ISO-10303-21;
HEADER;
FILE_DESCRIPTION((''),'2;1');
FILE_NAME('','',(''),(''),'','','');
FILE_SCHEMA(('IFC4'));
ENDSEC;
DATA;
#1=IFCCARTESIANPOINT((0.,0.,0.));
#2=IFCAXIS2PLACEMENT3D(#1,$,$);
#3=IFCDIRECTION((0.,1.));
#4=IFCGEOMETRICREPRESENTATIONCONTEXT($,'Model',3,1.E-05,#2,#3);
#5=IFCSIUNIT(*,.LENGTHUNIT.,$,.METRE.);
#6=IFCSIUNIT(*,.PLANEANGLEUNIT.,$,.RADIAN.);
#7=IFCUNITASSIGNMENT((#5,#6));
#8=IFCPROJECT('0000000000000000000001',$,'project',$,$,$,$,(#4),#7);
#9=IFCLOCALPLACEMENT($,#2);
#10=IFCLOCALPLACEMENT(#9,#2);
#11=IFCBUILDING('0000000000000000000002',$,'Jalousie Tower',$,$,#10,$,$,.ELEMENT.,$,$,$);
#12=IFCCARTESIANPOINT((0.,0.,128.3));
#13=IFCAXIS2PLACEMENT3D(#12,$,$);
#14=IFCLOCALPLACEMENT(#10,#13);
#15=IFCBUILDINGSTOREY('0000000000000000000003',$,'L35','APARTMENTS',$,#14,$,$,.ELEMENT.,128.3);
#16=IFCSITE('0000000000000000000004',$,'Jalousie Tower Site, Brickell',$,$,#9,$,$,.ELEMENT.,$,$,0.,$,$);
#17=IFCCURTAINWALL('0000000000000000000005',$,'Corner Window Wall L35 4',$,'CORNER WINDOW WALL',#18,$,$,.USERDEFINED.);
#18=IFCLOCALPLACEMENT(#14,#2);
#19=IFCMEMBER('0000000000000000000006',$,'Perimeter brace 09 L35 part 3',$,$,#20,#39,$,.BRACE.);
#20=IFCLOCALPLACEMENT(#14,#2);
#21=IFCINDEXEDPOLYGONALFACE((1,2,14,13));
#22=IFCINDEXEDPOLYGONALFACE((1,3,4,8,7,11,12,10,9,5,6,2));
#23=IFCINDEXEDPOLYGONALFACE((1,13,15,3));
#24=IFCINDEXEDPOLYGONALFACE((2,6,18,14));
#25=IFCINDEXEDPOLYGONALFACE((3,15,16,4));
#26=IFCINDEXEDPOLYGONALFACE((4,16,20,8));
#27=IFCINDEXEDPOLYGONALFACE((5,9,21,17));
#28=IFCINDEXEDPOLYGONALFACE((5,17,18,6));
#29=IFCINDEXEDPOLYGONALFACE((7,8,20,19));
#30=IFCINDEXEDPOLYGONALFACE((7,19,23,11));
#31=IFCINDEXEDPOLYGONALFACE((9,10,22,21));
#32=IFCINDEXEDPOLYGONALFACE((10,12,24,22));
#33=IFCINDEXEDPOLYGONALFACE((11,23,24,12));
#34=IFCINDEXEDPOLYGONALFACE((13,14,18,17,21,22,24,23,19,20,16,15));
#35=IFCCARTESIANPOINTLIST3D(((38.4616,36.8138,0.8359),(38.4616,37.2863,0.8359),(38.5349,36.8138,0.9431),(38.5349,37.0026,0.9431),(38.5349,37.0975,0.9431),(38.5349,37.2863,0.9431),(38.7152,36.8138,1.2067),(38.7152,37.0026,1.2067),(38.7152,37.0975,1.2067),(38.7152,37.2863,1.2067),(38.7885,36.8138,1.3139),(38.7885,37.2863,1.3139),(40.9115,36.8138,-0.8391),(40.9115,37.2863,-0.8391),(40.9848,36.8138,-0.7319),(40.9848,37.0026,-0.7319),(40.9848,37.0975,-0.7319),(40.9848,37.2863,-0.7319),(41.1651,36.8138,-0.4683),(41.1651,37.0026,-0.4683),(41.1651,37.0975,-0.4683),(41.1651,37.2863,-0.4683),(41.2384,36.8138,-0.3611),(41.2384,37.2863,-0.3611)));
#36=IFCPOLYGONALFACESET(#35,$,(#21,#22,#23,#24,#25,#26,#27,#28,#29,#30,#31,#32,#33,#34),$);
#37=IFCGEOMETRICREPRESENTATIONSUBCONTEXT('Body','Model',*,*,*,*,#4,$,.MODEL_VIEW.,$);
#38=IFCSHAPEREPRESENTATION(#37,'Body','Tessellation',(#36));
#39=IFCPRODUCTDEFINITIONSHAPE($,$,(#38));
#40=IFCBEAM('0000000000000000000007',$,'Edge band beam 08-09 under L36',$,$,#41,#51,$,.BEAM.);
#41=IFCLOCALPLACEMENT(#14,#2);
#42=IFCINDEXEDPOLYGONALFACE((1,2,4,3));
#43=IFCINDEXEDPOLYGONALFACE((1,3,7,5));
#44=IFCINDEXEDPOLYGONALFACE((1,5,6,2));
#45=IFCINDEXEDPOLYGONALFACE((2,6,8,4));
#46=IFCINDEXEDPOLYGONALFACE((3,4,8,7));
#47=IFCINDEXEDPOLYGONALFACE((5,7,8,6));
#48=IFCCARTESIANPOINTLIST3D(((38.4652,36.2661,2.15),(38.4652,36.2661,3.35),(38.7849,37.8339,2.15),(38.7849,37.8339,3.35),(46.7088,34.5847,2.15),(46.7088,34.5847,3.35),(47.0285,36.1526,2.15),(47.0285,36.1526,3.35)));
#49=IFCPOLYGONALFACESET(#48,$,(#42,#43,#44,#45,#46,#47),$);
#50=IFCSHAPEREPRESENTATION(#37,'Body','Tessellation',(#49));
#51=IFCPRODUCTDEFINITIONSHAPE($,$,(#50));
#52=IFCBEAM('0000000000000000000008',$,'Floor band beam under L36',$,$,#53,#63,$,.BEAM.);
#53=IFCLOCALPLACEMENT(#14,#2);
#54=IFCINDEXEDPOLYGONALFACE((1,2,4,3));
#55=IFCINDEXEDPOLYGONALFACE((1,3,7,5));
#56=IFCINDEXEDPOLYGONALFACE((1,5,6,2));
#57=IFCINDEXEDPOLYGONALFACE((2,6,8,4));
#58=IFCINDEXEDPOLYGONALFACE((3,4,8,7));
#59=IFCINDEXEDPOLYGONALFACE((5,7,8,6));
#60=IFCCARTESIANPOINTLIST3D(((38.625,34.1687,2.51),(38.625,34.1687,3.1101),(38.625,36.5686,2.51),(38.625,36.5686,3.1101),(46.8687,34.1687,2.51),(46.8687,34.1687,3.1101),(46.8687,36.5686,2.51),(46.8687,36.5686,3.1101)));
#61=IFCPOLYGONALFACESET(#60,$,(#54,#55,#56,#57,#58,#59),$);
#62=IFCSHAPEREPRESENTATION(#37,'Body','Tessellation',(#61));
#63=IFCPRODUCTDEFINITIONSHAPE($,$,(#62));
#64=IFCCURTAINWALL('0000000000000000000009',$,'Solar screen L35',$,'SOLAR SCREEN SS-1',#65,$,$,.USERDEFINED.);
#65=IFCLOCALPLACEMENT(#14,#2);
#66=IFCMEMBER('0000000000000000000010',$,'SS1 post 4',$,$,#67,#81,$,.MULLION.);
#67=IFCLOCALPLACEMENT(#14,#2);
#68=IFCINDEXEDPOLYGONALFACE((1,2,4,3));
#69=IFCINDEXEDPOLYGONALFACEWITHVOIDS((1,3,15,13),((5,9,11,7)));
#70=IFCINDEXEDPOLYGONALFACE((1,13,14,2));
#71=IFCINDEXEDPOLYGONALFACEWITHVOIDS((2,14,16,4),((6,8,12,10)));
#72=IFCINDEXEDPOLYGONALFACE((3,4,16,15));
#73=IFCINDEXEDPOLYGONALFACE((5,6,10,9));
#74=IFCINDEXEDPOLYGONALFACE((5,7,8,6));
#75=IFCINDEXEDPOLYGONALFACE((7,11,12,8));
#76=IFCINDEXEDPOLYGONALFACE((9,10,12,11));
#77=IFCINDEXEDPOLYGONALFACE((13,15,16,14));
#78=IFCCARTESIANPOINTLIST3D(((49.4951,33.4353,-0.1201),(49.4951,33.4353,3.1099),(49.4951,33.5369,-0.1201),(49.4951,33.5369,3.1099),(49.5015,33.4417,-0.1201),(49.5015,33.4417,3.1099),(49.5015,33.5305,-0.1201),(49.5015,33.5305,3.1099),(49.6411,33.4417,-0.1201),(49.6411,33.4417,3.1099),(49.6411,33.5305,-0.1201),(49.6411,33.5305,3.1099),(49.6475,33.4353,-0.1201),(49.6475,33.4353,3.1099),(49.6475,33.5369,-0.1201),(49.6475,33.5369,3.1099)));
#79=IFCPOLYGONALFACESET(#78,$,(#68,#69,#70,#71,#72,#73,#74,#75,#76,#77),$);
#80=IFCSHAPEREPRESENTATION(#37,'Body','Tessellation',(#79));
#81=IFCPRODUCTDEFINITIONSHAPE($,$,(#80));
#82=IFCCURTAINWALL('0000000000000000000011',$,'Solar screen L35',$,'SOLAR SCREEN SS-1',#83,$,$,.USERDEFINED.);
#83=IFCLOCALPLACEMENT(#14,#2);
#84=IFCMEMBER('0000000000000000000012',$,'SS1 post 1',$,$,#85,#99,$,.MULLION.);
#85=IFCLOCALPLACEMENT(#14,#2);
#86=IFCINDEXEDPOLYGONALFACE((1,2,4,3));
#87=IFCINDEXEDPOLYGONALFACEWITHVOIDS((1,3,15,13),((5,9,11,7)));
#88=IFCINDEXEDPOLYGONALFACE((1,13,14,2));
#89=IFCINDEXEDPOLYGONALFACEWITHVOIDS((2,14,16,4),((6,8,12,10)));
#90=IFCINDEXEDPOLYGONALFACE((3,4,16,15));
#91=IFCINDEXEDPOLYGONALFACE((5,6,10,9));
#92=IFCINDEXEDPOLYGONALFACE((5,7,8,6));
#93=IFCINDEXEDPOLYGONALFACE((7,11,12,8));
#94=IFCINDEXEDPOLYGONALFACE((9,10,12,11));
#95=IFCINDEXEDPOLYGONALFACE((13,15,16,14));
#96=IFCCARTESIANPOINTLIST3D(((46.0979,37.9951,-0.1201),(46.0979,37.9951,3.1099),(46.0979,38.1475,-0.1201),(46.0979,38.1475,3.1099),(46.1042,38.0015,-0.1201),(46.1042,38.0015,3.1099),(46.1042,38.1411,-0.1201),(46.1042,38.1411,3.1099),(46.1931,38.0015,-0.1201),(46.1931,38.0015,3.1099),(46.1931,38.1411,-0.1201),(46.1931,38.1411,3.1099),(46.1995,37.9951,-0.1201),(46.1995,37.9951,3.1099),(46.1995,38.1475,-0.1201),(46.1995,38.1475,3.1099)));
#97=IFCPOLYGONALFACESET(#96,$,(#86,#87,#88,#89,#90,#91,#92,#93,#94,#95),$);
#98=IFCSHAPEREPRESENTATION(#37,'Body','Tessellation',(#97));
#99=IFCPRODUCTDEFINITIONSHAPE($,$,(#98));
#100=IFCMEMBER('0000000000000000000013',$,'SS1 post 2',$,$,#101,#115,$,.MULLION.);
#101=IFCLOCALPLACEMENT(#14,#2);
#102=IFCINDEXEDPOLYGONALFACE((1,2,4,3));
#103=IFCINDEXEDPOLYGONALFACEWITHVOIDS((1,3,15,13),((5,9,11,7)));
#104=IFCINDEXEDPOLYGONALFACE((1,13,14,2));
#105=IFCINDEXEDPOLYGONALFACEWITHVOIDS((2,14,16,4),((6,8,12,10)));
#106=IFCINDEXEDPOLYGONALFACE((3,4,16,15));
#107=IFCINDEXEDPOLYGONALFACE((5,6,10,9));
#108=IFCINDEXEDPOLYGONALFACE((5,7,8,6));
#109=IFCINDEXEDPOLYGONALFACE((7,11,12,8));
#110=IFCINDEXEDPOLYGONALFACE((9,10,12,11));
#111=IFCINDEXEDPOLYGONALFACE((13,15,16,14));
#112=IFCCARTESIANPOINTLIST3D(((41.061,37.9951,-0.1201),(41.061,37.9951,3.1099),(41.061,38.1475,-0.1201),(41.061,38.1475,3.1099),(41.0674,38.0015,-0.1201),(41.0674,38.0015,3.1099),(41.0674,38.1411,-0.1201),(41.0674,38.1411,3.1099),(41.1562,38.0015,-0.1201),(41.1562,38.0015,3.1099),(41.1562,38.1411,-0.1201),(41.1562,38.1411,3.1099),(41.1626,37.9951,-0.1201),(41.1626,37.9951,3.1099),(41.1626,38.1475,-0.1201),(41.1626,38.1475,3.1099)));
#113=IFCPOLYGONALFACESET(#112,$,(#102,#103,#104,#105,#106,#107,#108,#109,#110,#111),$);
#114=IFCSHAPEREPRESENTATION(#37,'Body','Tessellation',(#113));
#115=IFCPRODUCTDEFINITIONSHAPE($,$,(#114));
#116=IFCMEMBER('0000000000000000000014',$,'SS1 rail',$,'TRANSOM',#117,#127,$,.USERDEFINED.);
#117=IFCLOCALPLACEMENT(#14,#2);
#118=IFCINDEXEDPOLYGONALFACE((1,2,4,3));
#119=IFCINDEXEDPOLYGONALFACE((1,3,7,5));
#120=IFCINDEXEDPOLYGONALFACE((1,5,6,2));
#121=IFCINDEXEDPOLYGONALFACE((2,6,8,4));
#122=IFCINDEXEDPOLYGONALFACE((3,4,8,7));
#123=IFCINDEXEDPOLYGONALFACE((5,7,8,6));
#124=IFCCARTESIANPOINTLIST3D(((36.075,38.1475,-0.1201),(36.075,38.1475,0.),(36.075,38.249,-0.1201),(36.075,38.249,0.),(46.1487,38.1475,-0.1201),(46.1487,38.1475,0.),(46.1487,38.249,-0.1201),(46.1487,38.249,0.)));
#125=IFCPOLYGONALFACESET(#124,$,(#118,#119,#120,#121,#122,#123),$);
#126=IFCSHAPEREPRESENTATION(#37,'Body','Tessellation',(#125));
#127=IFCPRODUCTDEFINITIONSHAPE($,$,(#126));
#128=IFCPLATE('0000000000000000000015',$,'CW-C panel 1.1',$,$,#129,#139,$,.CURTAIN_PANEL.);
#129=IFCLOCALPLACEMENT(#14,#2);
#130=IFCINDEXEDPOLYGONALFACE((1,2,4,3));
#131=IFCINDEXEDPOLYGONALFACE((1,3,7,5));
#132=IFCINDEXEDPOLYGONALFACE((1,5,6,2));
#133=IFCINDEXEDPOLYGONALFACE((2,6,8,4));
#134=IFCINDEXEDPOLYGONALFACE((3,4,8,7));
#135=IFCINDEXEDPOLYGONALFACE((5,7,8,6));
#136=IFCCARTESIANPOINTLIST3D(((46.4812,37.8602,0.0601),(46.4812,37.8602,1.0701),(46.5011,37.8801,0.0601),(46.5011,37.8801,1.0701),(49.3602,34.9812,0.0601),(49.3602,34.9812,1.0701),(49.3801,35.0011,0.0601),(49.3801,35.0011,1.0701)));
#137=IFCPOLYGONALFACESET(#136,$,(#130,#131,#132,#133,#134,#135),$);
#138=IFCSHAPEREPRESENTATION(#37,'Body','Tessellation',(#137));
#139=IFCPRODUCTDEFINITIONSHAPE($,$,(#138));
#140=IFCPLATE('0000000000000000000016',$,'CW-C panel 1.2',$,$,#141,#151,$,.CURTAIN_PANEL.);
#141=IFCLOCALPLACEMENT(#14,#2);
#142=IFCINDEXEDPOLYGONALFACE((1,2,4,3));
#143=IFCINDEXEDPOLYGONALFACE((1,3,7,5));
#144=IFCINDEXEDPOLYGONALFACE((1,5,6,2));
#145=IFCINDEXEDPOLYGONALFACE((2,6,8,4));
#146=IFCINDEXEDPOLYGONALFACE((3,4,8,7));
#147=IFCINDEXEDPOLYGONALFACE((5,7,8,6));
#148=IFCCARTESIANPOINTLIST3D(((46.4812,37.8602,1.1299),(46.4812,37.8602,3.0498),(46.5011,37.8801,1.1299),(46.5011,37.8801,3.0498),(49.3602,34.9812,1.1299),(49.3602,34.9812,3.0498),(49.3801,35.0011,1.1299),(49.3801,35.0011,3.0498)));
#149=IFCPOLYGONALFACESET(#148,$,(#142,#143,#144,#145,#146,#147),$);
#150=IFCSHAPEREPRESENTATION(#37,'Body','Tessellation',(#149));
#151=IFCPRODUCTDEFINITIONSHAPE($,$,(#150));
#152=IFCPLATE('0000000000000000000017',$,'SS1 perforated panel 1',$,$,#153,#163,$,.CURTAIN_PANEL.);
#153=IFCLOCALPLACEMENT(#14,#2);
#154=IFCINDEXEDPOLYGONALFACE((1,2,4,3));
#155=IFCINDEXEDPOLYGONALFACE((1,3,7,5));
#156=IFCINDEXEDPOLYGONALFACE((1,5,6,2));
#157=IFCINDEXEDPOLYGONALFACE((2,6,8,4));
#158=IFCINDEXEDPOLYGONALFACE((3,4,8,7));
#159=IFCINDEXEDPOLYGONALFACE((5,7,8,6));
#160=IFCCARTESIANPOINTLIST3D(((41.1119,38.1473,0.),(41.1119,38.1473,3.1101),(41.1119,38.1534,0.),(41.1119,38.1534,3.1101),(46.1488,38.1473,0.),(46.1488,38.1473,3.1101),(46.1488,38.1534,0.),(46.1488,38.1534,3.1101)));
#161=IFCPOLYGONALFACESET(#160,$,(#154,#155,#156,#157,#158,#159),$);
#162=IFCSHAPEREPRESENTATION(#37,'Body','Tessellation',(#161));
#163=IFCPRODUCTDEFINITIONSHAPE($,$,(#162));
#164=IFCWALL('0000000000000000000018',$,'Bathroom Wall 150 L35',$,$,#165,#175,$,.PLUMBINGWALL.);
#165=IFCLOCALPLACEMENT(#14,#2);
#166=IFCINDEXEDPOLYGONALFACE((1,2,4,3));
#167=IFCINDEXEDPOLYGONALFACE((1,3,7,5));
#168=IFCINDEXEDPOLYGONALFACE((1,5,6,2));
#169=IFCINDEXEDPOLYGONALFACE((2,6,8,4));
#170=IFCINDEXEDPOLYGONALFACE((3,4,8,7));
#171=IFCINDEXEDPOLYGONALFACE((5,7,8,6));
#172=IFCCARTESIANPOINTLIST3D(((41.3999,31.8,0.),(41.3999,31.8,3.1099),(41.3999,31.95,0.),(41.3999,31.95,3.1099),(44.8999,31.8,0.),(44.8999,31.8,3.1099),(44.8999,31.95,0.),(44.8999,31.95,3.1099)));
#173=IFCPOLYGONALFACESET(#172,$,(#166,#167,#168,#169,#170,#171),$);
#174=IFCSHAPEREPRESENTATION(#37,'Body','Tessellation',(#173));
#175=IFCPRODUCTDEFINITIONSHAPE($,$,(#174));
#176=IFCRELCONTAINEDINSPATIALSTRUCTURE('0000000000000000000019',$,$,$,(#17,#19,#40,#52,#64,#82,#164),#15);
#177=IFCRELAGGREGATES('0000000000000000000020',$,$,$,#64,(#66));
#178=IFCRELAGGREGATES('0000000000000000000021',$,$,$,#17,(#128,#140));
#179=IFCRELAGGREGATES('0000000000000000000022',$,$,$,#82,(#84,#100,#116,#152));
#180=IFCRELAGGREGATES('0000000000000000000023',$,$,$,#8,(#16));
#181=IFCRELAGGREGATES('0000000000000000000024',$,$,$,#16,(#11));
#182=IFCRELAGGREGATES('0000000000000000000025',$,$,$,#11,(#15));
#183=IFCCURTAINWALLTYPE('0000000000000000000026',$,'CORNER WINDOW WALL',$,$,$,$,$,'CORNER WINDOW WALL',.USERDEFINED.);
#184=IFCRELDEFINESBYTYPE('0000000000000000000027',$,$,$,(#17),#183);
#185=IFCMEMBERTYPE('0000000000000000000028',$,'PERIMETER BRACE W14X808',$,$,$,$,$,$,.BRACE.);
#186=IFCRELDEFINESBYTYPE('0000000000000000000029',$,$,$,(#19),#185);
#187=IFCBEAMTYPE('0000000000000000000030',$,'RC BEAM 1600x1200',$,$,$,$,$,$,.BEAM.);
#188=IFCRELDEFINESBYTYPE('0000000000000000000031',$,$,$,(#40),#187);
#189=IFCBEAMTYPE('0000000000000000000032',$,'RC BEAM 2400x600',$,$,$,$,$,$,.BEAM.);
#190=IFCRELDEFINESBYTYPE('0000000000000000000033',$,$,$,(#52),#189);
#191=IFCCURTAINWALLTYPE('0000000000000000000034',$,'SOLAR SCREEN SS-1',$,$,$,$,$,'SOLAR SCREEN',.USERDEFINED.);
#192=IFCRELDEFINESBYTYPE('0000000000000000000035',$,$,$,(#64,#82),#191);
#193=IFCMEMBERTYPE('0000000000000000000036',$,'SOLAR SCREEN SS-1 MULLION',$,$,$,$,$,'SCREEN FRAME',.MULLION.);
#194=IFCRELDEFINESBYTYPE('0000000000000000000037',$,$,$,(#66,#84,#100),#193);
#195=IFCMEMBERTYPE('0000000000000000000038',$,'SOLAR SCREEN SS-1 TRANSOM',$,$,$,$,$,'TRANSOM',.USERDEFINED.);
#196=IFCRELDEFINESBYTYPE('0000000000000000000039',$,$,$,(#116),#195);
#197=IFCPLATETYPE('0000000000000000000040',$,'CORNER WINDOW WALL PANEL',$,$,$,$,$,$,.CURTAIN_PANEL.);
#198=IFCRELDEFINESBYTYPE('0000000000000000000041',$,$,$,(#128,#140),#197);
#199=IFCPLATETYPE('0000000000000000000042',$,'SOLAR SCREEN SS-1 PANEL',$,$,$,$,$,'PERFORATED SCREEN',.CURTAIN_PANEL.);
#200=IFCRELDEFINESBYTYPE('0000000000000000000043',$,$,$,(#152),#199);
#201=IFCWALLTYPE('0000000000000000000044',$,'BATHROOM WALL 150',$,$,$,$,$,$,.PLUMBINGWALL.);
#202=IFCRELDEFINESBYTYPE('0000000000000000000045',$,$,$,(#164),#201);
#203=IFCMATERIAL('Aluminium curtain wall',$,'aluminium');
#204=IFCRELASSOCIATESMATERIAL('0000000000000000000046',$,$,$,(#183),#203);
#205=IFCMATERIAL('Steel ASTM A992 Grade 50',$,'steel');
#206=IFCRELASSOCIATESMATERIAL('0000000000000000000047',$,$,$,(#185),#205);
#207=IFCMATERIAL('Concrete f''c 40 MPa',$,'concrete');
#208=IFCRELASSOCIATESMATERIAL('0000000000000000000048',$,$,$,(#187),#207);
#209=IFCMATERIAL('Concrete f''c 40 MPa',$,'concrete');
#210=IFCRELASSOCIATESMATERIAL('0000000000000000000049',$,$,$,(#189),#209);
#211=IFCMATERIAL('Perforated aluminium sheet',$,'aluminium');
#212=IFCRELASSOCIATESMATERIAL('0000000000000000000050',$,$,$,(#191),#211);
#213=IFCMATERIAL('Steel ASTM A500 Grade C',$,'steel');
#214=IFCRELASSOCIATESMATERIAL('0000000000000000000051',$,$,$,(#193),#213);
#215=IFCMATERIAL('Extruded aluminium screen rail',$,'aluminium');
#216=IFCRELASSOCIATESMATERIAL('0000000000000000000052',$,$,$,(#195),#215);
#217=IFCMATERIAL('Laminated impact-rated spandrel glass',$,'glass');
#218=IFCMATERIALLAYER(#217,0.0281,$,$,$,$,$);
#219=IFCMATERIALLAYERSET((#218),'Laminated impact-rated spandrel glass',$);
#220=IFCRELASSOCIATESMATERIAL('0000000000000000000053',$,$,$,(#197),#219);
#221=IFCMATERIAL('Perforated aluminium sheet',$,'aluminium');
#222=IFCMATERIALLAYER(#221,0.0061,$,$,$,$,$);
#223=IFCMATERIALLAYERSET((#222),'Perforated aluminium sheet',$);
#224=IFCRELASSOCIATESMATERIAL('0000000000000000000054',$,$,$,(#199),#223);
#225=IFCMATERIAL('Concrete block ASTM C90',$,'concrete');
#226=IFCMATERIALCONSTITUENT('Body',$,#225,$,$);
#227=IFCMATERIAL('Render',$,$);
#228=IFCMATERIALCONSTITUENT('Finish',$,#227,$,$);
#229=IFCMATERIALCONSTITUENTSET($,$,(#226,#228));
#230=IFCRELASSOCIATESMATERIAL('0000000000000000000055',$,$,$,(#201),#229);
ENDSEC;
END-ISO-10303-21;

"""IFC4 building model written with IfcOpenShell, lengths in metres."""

from ifc_helpers import new_model, si_unit, direction, frame, frame_2d, origin, origin_2d, place, context, subcontext, project, spatial, rectangle, hollow_rectangle, i_section, extrude, material, layer, layer_set, constituent, constituent_set, material_profile, profile_set, type_object, element, aggregate, save


model = new_model("IFC4")

# Units and contexts
model_context = context("Model", 3, precision=1e-05, world=origin(), true_north=direction((0.0, 1.0)))
body_context = subcontext(model_context, "Body", "Model", "MODEL_VIEW")
ifc_project = project(units=[si_unit("LENGTHUNIT", "METRE"), si_unit("PLANEANGLEUNIT", "RADIAN")], contexts=[model_context])

# Site, building, storey
site_placement = place(None, origin())
site = spatial("IfcSite", under=ifc_project, at=site_placement, Name="Jalousie Tower Site, Brickell", CompositionType="ELEMENT", RefElevation=0.0)
building_placement = place(site_placement, origin())
building = spatial("IfcBuilding", under=site, at=building_placement, Name="Jalousie Tower", CompositionType="ELEMENT")
storey_placement = place(building_placement, frame((0.0, 0.0, 128.3)))
storey = spatial("IfcBuildingStorey", under=building, at=storey_placement, Name="L35", Description="APARTMENTS", CompositionType="ELEMENT", Elevation=128.3)

# Curtain wall
ifc_material_1 = material(Name="Aluminium curtain wall", Category="aluminium")
curtain_wall_type_1 = type_object("IfcCurtainWallType", Name="CORNER WINDOW WALL", ElementType="CORNER WINDOW WALL", PredefinedType="USERDEFINED", material=ifc_material_1)
curtain_wall_1_placement = place(storey_placement, origin())
curtain_wall_1 = element("IfcCurtainWall", 1, at=curtain_wall_1_placement, inside=storey, type_object=curtain_wall_type_1, Name="Corner Window Wall L35 4", ObjectType="CORNER WINDOW WALL", PredefinedType="USERDEFINED")

# Member
ifc_material_2 = material(Name="Steel ASTM A992 Grade 50", Category="steel")
ifc_material_profile_1 = material_profile(ifc_material_2, i_section(OverallWidth=0.4724, OverallDepth=0.5791, WebThickness=0.095, FlangeThickness=0.1299, at=origin_2d()), Name="W14X808")
ifc_profile_set_1 = profile_set([ifc_material_profile_1], Name="Steel ASTM A992 Grade 50")
member_type_1 = type_object("IfcMemberType", Name="PERIMETER BRACE W14X808", PredefinedType="BRACE", material=ifc_profile_set_1)
member_1_placement = place(storey_placement, frame((41.075, 37.05, -0.6001), z_axis=(-0.825501, 0.0, 0.564401), x_axis=(0.0, -1.0, 0.0)))
element("IfcMember", 2, at=member_1_placement, inside=storey, type_object=member_type_1, Name="Perimeter brace 09 L35 part 3", PredefinedType="BRACE", context=body_context, shape_type="SweptSolid", body=[
    extrude(i_section(OverallWidth=0.4724, OverallDepth=0.5791, WebThickness=0.095, FlangeThickness=0.1299, at=origin_2d()), origin(), (0.0, 0.0, 1.0), 2.9678),
])

# Beams
ifc_material_3 = material(Name="Concrete f'c 40 MPa", Category="concrete")
ifc_material_profile_2 = material_profile(ifc_material_3, rectangle(XDim=1.6001, YDim=1.2, at=origin_2d()), Name="RC 1600x1200")
ifc_profile_set_2 = profile_set([ifc_material_profile_2], Name="Concrete f'c 40 MPa")
beam_type_1 = type_object("IfcBeamType", Name="RC BEAM 1600x1200", PredefinedType="BEAM", material=ifc_profile_set_2)
beam_1_placement = place(storey_placement, frame((46.8687, 35.3687, 2.75), z_axis=(-0.979827, 0.199848, 0.0), x_axis=(-0.199848, -0.979827, 0.0)))
element("IfcBeam", 3, at=beam_1_placement, inside=storey, type_object=beam_type_1, Name="Edge band beam 08-09 under L36", PredefinedType="BEAM", context=body_context, shape_type="SweptSolid", body=[
    extrude(rectangle(XDim=1.6001, YDim=1.2, at=origin_2d()), origin(), (0.0, 0.0, 1.0), 8.4133),
])
ifc_material_4 = material(Name="Concrete f'c 40 MPa", Category="concrete")
ifc_material_profile_3 = material_profile(ifc_material_4, rectangle(XDim=2.3999, YDim=0.6001, at=origin_2d()), Name="RC 2400x600")
ifc_profile_set_3 = profile_set([ifc_material_profile_3], Name="Concrete f'c 40 MPa")
beam_type_2 = type_object("IfcBeamType", Name="RC BEAM 2400x600", PredefinedType="BEAM", material=ifc_profile_set_3)
beam_2_placement = place(storey_placement, frame((46.8687, 35.3687, 2.8101), z_axis=(-1.0, 0.0, 0.0), x_axis=(0.0, -1.0, 0.0)))
element("IfcBeam", 4, at=beam_2_placement, inside=storey, type_object=beam_type_2, Name="Floor band beam under L36", PredefinedType="BEAM", context=body_context, shape_type="SweptSolid", body=[
    extrude(rectangle(XDim=2.3999, YDim=0.6001, at=origin_2d()), origin(), (0.0, 0.0, 1.0), 8.2437),
])

# Curtain wall, member
ifc_material_5 = material(Name="Perforated aluminium sheet", Category="aluminium")
curtain_wall_type_2 = type_object("IfcCurtainWallType", Name="SOLAR SCREEN SS-1", ElementType="SOLAR SCREEN", PredefinedType="USERDEFINED", material=ifc_material_5)
curtain_wall_2_placement = place(storey_placement, origin())
curtain_wall_2 = element("IfcCurtainWall", 5, at=curtain_wall_2_placement, inside=storey, type_object=curtain_wall_type_2, Name="Solar screen L35", ObjectType="SOLAR SCREEN SS-1", PredefinedType="USERDEFINED")
ifc_material_6 = material(Name="Steel ASTM A500 Grade C", Category="steel")
ifc_material_profile_4 = material_profile(ifc_material_6, hollow_rectangle(XDim=0.1016, YDim=0.1523, WallThickness=0.0063, at=origin_2d()), Name="HSS6X4X1/4")
ifc_profile_set_4 = profile_set([ifc_material_profile_4], Name="Steel ASTM A500 Grade C")
member_type_2 = type_object("IfcMemberType", Name="SOLAR SCREEN SS-1 MULLION", ElementType="SCREEN FRAME", PredefinedType="MULLION", material=ifc_profile_set_4)
member_2_placement = place(storey_placement, frame((49.5713, 33.4861, -0.1201), z_axis=(0.0, 0.0, 1.0), x_axis=(0.0, 1.0, 0.0)))
member_2 = element("IfcMember", 6, at=member_2_placement, type_object=member_type_2, Name="SS1 post 4", PredefinedType="MULLION", context=body_context, shape_type="SweptSolid", body=[
    extrude(hollow_rectangle(XDim=0.1016, YDim=0.1523, WallThickness=0.0063, at=origin_2d()), origin(), (0.0, 0.0, 1.0), 3.23),
])
aggregate(curtain_wall_2, [member_2])

# Curtain wall, members
curtain_wall_3_placement = place(storey_placement, origin())
curtain_wall_3 = element("IfcCurtainWall", 7, at=curtain_wall_3_placement, inside=storey, type_object=curtain_wall_type_2, Name="Solar screen L35", ObjectType="SOLAR SCREEN SS-1", PredefinedType="USERDEFINED")
member_3_placement = place(storey_placement, frame((46.1487, 38.0713, -0.1201), z_axis=(0.0, 0.0, 1.0), x_axis=(-1.0, 0.0, 0.0)))
member_3 = element("IfcMember", 8, at=member_3_placement, type_object=member_type_2, Name="SS1 post 1", PredefinedType="MULLION", context=body_context, shape_type="SweptSolid", body=[
    extrude(hollow_rectangle(XDim=0.1016, YDim=0.1523, WallThickness=0.0063, at=origin_2d()), origin(), (0.0, 0.0, 1.0), 3.23),
])
member_4_placement = place(storey_placement, frame((41.1118, 38.0713, -0.1201), z_axis=(0.0, 0.0, 1.0), x_axis=(-1.0, 0.0, 0.0)))
member_4 = element("IfcMember", 9, at=member_4_placement, type_object=member_type_2, Name="SS1 post 2", PredefinedType="MULLION", context=body_context, shape_type="SweptSolid", body=[
    extrude(hollow_rectangle(XDim=0.1016, YDim=0.1523, WallThickness=0.0063, at=origin_2d()), origin(), (0.0, 0.0, 1.0), 3.23),
])
ifc_material_7 = material(Name="Extruded aluminium screen rail", Category="aluminium")
ifc_material_profile_5 = material_profile(ifc_material_7, rectangle(XDim=0.1016, YDim=0.1201, at=origin_2d()), Name="RAIL 102x120")
ifc_profile_set_5 = profile_set([ifc_material_profile_5], Name="Extruded aluminium screen rail")
member_type_3 = type_object("IfcMemberType", Name="SOLAR SCREEN SS-1 TRANSOM", ElementType="TRANSOM", PredefinedType="USERDEFINED", material=ifc_profile_set_5)
member_5_placement = place(storey_placement, frame((46.1487, 38.1982, -0.0601), z_axis=(-1.0, 0.0, 0.0), x_axis=(0.0, -1.0, 0.0)))
member_5 = element("IfcMember", 10, at=member_5_placement, type_object=member_type_3, Name="SS1 rail", ObjectType="TRANSOM", PredefinedType="USERDEFINED", context=body_context, shape_type="SweptSolid", body=[
    extrude(rectangle(XDim=0.1016, YDim=0.1201, at=origin_2d()), origin(), (0.0, 0.0, 1.0), 10.0737),
])

# Plates
ifc_material_8 = material(Name="Laminated impact-rated spandrel glass", Category="glass")
ifc_layer_1 = layer(ifc_material_8, 0.0281)
ifc_layer_set_1 = layer_set([ifc_layer_1], Name="Laminated impact-rated spandrel glass")
plate_type_1 = type_object("IfcPlateType", Name="CORNER WINDOW WALL PANEL", PredefinedType="CURTAIN_PANEL", material=ifc_layer_set_1)
plate_1_placement = place(storey_placement, frame((47.9307, 36.4307, 0.0601), z_axis=(0.0, 0.0, 1.0), x_axis=(-0.707107, 0.707107, 0.0)))
plate_1 = element("IfcPlate", 11, at=plate_1_placement, type_object=plate_type_1, Name="CW-C panel 1.1", PredefinedType="CURTAIN_PANEL", context=body_context, shape_type="SweptSolid", body=[
    extrude(rectangle(XDim=4.0715, YDim=0.0281, at=origin_2d()), origin(), (0.0, 0.0, 1.0), 1.01),
])
plate_2_placement = place(storey_placement, frame((47.9307, 36.4307, 1.1299), z_axis=(0.0, 0.0, 1.0), x_axis=(-0.707107, 0.707107, 0.0)))
plate_2 = element("IfcPlate", 12, at=plate_2_placement, type_object=plate_type_1, Name="CW-C panel 1.2", PredefinedType="CURTAIN_PANEL", context=body_context, shape_type="SweptSolid", body=[
    extrude(rectangle(XDim=4.0715, YDim=0.0281, at=origin_2d()), origin(), (0.0, 0.0, 1.0), 1.9199),
])
aggregate(curtain_wall_1, [plate_1, plate_2])
ifc_material_9 = material(Name="Perforated aluminium sheet", Category="aluminium")
ifc_layer_2 = layer(ifc_material_9, 0.0061)
ifc_layer_set_2 = layer_set([ifc_layer_2], Name="Perforated aluminium sheet")
plate_type_2 = type_object("IfcPlateType", Name="SOLAR SCREEN SS-1 PANEL", ElementType="PERFORATED SCREEN", PredefinedType="CURTAIN_PANEL", material=ifc_layer_set_2)
plate_3_placement = place(storey_placement, frame((43.6304, 38.1504, 0.0), z_axis=(0.0, 0.0, 1.0), x_axis=(-1.0, 0.0, 0.0)))
plate_3 = element("IfcPlate", 13, at=plate_3_placement, type_object=plate_type_2, Name="SS1 perforated panel 1", PredefinedType="CURTAIN_PANEL", context=body_context, shape_type="SweptSolid", body=[
    extrude(rectangle(XDim=5.0369, YDim=0.0061, at=origin_2d()), origin(), (0.0, 0.0, 1.0), 3.1101),
])
aggregate(curtain_wall_3, [member_3, member_4, member_5, plate_3])

# Wall
ifc_material_10 = material(Name="Concrete block ASTM C90", Category="concrete")
ifc_constituent_1 = constituent(ifc_material_10, Name="Body")
ifc_material_11 = material(Name="Render")
ifc_constituent_2 = constituent(ifc_material_11, Name="Finish")
ifc_constituent_set_1 = constituent_set(constituents=[ifc_constituent_1, ifc_constituent_2])
wall_type_1 = type_object("IfcWallType", Name="BATHROOM WALL 150", PredefinedType="PLUMBINGWALL", material=ifc_constituent_set_1)
wall_1_placement = place(storey_placement, frame((41.3999, 31.875, 0.0), z_axis=(0.0, 0.0, 1.0), x_axis=(1.0, 0.0, 0.0)))
element("IfcWall", 14, at=wall_1_placement, inside=storey, type_object=wall_type_1, Name="Bathroom Wall 150 L35", PredefinedType="PLUMBINGWALL", context=body_context, shape_type="SweptSolid", body=[
    extrude(rectangle(XDim=3.5, YDim=0.1499, at=frame_2d((1.75, 0.0))), origin(), (0.0, 0.0, 1.0), 3.1099),
])

save(model, "model.ifc")
